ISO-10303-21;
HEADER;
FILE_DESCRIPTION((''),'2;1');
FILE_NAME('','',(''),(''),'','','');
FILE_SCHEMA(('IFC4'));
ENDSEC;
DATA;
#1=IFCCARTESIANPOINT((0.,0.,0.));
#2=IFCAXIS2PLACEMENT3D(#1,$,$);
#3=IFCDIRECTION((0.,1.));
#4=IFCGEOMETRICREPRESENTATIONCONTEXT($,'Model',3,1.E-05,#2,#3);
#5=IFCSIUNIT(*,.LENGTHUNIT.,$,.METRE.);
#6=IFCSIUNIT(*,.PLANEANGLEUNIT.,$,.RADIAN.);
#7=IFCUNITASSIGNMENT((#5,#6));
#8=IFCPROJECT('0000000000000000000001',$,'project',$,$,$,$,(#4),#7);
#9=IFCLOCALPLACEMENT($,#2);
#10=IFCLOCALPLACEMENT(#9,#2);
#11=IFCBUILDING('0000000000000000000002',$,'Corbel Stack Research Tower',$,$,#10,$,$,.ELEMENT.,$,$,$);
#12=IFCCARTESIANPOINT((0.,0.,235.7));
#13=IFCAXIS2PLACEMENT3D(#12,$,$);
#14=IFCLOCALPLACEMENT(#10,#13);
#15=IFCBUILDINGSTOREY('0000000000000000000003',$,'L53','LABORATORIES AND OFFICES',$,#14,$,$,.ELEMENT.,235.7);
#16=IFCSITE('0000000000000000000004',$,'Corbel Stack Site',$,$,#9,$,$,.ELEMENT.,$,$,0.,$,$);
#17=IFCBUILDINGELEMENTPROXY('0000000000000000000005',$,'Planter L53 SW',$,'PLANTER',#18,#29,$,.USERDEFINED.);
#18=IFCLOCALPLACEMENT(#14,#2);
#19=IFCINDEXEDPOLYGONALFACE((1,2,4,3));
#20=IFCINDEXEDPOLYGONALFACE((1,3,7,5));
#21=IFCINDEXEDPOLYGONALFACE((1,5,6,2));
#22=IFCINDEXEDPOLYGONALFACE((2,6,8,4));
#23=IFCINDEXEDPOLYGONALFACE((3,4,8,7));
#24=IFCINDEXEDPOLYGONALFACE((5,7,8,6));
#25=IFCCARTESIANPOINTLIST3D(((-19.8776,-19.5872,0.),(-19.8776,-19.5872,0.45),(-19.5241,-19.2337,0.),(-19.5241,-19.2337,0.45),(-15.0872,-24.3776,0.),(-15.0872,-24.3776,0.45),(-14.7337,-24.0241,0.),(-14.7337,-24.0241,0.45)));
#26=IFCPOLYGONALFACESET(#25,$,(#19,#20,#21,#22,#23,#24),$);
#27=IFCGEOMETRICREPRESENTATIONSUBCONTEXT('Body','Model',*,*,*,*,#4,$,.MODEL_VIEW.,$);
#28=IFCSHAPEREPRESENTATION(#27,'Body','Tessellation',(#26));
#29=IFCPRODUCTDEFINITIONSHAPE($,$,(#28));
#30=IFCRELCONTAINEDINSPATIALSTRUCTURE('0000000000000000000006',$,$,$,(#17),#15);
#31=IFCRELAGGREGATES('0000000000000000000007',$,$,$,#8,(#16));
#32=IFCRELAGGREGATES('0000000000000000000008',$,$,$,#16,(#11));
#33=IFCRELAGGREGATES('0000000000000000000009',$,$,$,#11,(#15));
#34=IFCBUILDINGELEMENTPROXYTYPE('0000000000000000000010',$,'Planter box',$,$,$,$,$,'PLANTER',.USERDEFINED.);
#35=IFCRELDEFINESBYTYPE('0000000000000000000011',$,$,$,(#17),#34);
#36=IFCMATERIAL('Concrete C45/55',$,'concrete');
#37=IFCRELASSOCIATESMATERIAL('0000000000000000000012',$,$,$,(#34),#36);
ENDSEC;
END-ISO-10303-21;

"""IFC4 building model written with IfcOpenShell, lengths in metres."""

from ifc_helpers import new_model, si_unit, direction, frame, origin, origin_2d, place, context, subcontext, project, spatial, rectangle, extrude, material, type_object, element, save


model = new_model("IFC4")

# Units and contexts
model_context = context("Model", 3, precision=1e-05, world=origin(), true_north=direction((0.0, 1.0)))
body_context = subcontext(model_context, "Body", "Model", "MODEL_VIEW")
ifc_project = project(units=[si_unit("LENGTHUNIT", "METRE"), si_unit("PLANEANGLEUNIT", "RADIAN")], contexts=[model_context])

# Site, building, storey
site_placement = place(None, origin())
site = spatial("IfcSite", under=ifc_project, at=site_placement, Name="Corbel Stack Site", CompositionType="ELEMENT", RefElevation=0.0)
building_placement = place(site_placement, origin())
building = spatial("IfcBuilding", under=site, at=building_placement, Name="Corbel Stack Research Tower", CompositionType="ELEMENT")
storey_placement = place(building_placement, frame((0.0, 0.0, 235.7)))
storey = spatial("IfcBuildingStorey", under=building, at=storey_placement, Name="L53", Description="LABORATORIES AND OFFICES", CompositionType="ELEMENT", Elevation=235.7)

# Building element proxy
ifc_material_1 = material(Name="Concrete C45/55", Category="concrete")
building_element_proxy_type = type_object("IfcBuildingElementProxyType", Name="Planter box", ElementType="PLANTER", PredefinedType="USERDEFINED", material=ifc_material_1)
proxy_placement = place(storey_placement, frame((-17.3057, -21.8057, 0.0), z_axis=(0.0, 0.0, 1.0), x_axis=(0.707107, -0.707107, 0.0)))
element("IfcBuildingElementProxy", 1, at=proxy_placement, inside=storey, type_object=building_element_proxy_type, Name="Planter L53 SW", ObjectType="PLANTER", PredefinedType="USERDEFINED", context=body_context, shape_type="SweptSolid", body=[
    extrude(rectangle(XDim=6.7747, YDim=0.5, at=origin_2d()), origin(), (0.0, 0.0, 1.0), 0.45),
])

save(model, "model.ifc")
